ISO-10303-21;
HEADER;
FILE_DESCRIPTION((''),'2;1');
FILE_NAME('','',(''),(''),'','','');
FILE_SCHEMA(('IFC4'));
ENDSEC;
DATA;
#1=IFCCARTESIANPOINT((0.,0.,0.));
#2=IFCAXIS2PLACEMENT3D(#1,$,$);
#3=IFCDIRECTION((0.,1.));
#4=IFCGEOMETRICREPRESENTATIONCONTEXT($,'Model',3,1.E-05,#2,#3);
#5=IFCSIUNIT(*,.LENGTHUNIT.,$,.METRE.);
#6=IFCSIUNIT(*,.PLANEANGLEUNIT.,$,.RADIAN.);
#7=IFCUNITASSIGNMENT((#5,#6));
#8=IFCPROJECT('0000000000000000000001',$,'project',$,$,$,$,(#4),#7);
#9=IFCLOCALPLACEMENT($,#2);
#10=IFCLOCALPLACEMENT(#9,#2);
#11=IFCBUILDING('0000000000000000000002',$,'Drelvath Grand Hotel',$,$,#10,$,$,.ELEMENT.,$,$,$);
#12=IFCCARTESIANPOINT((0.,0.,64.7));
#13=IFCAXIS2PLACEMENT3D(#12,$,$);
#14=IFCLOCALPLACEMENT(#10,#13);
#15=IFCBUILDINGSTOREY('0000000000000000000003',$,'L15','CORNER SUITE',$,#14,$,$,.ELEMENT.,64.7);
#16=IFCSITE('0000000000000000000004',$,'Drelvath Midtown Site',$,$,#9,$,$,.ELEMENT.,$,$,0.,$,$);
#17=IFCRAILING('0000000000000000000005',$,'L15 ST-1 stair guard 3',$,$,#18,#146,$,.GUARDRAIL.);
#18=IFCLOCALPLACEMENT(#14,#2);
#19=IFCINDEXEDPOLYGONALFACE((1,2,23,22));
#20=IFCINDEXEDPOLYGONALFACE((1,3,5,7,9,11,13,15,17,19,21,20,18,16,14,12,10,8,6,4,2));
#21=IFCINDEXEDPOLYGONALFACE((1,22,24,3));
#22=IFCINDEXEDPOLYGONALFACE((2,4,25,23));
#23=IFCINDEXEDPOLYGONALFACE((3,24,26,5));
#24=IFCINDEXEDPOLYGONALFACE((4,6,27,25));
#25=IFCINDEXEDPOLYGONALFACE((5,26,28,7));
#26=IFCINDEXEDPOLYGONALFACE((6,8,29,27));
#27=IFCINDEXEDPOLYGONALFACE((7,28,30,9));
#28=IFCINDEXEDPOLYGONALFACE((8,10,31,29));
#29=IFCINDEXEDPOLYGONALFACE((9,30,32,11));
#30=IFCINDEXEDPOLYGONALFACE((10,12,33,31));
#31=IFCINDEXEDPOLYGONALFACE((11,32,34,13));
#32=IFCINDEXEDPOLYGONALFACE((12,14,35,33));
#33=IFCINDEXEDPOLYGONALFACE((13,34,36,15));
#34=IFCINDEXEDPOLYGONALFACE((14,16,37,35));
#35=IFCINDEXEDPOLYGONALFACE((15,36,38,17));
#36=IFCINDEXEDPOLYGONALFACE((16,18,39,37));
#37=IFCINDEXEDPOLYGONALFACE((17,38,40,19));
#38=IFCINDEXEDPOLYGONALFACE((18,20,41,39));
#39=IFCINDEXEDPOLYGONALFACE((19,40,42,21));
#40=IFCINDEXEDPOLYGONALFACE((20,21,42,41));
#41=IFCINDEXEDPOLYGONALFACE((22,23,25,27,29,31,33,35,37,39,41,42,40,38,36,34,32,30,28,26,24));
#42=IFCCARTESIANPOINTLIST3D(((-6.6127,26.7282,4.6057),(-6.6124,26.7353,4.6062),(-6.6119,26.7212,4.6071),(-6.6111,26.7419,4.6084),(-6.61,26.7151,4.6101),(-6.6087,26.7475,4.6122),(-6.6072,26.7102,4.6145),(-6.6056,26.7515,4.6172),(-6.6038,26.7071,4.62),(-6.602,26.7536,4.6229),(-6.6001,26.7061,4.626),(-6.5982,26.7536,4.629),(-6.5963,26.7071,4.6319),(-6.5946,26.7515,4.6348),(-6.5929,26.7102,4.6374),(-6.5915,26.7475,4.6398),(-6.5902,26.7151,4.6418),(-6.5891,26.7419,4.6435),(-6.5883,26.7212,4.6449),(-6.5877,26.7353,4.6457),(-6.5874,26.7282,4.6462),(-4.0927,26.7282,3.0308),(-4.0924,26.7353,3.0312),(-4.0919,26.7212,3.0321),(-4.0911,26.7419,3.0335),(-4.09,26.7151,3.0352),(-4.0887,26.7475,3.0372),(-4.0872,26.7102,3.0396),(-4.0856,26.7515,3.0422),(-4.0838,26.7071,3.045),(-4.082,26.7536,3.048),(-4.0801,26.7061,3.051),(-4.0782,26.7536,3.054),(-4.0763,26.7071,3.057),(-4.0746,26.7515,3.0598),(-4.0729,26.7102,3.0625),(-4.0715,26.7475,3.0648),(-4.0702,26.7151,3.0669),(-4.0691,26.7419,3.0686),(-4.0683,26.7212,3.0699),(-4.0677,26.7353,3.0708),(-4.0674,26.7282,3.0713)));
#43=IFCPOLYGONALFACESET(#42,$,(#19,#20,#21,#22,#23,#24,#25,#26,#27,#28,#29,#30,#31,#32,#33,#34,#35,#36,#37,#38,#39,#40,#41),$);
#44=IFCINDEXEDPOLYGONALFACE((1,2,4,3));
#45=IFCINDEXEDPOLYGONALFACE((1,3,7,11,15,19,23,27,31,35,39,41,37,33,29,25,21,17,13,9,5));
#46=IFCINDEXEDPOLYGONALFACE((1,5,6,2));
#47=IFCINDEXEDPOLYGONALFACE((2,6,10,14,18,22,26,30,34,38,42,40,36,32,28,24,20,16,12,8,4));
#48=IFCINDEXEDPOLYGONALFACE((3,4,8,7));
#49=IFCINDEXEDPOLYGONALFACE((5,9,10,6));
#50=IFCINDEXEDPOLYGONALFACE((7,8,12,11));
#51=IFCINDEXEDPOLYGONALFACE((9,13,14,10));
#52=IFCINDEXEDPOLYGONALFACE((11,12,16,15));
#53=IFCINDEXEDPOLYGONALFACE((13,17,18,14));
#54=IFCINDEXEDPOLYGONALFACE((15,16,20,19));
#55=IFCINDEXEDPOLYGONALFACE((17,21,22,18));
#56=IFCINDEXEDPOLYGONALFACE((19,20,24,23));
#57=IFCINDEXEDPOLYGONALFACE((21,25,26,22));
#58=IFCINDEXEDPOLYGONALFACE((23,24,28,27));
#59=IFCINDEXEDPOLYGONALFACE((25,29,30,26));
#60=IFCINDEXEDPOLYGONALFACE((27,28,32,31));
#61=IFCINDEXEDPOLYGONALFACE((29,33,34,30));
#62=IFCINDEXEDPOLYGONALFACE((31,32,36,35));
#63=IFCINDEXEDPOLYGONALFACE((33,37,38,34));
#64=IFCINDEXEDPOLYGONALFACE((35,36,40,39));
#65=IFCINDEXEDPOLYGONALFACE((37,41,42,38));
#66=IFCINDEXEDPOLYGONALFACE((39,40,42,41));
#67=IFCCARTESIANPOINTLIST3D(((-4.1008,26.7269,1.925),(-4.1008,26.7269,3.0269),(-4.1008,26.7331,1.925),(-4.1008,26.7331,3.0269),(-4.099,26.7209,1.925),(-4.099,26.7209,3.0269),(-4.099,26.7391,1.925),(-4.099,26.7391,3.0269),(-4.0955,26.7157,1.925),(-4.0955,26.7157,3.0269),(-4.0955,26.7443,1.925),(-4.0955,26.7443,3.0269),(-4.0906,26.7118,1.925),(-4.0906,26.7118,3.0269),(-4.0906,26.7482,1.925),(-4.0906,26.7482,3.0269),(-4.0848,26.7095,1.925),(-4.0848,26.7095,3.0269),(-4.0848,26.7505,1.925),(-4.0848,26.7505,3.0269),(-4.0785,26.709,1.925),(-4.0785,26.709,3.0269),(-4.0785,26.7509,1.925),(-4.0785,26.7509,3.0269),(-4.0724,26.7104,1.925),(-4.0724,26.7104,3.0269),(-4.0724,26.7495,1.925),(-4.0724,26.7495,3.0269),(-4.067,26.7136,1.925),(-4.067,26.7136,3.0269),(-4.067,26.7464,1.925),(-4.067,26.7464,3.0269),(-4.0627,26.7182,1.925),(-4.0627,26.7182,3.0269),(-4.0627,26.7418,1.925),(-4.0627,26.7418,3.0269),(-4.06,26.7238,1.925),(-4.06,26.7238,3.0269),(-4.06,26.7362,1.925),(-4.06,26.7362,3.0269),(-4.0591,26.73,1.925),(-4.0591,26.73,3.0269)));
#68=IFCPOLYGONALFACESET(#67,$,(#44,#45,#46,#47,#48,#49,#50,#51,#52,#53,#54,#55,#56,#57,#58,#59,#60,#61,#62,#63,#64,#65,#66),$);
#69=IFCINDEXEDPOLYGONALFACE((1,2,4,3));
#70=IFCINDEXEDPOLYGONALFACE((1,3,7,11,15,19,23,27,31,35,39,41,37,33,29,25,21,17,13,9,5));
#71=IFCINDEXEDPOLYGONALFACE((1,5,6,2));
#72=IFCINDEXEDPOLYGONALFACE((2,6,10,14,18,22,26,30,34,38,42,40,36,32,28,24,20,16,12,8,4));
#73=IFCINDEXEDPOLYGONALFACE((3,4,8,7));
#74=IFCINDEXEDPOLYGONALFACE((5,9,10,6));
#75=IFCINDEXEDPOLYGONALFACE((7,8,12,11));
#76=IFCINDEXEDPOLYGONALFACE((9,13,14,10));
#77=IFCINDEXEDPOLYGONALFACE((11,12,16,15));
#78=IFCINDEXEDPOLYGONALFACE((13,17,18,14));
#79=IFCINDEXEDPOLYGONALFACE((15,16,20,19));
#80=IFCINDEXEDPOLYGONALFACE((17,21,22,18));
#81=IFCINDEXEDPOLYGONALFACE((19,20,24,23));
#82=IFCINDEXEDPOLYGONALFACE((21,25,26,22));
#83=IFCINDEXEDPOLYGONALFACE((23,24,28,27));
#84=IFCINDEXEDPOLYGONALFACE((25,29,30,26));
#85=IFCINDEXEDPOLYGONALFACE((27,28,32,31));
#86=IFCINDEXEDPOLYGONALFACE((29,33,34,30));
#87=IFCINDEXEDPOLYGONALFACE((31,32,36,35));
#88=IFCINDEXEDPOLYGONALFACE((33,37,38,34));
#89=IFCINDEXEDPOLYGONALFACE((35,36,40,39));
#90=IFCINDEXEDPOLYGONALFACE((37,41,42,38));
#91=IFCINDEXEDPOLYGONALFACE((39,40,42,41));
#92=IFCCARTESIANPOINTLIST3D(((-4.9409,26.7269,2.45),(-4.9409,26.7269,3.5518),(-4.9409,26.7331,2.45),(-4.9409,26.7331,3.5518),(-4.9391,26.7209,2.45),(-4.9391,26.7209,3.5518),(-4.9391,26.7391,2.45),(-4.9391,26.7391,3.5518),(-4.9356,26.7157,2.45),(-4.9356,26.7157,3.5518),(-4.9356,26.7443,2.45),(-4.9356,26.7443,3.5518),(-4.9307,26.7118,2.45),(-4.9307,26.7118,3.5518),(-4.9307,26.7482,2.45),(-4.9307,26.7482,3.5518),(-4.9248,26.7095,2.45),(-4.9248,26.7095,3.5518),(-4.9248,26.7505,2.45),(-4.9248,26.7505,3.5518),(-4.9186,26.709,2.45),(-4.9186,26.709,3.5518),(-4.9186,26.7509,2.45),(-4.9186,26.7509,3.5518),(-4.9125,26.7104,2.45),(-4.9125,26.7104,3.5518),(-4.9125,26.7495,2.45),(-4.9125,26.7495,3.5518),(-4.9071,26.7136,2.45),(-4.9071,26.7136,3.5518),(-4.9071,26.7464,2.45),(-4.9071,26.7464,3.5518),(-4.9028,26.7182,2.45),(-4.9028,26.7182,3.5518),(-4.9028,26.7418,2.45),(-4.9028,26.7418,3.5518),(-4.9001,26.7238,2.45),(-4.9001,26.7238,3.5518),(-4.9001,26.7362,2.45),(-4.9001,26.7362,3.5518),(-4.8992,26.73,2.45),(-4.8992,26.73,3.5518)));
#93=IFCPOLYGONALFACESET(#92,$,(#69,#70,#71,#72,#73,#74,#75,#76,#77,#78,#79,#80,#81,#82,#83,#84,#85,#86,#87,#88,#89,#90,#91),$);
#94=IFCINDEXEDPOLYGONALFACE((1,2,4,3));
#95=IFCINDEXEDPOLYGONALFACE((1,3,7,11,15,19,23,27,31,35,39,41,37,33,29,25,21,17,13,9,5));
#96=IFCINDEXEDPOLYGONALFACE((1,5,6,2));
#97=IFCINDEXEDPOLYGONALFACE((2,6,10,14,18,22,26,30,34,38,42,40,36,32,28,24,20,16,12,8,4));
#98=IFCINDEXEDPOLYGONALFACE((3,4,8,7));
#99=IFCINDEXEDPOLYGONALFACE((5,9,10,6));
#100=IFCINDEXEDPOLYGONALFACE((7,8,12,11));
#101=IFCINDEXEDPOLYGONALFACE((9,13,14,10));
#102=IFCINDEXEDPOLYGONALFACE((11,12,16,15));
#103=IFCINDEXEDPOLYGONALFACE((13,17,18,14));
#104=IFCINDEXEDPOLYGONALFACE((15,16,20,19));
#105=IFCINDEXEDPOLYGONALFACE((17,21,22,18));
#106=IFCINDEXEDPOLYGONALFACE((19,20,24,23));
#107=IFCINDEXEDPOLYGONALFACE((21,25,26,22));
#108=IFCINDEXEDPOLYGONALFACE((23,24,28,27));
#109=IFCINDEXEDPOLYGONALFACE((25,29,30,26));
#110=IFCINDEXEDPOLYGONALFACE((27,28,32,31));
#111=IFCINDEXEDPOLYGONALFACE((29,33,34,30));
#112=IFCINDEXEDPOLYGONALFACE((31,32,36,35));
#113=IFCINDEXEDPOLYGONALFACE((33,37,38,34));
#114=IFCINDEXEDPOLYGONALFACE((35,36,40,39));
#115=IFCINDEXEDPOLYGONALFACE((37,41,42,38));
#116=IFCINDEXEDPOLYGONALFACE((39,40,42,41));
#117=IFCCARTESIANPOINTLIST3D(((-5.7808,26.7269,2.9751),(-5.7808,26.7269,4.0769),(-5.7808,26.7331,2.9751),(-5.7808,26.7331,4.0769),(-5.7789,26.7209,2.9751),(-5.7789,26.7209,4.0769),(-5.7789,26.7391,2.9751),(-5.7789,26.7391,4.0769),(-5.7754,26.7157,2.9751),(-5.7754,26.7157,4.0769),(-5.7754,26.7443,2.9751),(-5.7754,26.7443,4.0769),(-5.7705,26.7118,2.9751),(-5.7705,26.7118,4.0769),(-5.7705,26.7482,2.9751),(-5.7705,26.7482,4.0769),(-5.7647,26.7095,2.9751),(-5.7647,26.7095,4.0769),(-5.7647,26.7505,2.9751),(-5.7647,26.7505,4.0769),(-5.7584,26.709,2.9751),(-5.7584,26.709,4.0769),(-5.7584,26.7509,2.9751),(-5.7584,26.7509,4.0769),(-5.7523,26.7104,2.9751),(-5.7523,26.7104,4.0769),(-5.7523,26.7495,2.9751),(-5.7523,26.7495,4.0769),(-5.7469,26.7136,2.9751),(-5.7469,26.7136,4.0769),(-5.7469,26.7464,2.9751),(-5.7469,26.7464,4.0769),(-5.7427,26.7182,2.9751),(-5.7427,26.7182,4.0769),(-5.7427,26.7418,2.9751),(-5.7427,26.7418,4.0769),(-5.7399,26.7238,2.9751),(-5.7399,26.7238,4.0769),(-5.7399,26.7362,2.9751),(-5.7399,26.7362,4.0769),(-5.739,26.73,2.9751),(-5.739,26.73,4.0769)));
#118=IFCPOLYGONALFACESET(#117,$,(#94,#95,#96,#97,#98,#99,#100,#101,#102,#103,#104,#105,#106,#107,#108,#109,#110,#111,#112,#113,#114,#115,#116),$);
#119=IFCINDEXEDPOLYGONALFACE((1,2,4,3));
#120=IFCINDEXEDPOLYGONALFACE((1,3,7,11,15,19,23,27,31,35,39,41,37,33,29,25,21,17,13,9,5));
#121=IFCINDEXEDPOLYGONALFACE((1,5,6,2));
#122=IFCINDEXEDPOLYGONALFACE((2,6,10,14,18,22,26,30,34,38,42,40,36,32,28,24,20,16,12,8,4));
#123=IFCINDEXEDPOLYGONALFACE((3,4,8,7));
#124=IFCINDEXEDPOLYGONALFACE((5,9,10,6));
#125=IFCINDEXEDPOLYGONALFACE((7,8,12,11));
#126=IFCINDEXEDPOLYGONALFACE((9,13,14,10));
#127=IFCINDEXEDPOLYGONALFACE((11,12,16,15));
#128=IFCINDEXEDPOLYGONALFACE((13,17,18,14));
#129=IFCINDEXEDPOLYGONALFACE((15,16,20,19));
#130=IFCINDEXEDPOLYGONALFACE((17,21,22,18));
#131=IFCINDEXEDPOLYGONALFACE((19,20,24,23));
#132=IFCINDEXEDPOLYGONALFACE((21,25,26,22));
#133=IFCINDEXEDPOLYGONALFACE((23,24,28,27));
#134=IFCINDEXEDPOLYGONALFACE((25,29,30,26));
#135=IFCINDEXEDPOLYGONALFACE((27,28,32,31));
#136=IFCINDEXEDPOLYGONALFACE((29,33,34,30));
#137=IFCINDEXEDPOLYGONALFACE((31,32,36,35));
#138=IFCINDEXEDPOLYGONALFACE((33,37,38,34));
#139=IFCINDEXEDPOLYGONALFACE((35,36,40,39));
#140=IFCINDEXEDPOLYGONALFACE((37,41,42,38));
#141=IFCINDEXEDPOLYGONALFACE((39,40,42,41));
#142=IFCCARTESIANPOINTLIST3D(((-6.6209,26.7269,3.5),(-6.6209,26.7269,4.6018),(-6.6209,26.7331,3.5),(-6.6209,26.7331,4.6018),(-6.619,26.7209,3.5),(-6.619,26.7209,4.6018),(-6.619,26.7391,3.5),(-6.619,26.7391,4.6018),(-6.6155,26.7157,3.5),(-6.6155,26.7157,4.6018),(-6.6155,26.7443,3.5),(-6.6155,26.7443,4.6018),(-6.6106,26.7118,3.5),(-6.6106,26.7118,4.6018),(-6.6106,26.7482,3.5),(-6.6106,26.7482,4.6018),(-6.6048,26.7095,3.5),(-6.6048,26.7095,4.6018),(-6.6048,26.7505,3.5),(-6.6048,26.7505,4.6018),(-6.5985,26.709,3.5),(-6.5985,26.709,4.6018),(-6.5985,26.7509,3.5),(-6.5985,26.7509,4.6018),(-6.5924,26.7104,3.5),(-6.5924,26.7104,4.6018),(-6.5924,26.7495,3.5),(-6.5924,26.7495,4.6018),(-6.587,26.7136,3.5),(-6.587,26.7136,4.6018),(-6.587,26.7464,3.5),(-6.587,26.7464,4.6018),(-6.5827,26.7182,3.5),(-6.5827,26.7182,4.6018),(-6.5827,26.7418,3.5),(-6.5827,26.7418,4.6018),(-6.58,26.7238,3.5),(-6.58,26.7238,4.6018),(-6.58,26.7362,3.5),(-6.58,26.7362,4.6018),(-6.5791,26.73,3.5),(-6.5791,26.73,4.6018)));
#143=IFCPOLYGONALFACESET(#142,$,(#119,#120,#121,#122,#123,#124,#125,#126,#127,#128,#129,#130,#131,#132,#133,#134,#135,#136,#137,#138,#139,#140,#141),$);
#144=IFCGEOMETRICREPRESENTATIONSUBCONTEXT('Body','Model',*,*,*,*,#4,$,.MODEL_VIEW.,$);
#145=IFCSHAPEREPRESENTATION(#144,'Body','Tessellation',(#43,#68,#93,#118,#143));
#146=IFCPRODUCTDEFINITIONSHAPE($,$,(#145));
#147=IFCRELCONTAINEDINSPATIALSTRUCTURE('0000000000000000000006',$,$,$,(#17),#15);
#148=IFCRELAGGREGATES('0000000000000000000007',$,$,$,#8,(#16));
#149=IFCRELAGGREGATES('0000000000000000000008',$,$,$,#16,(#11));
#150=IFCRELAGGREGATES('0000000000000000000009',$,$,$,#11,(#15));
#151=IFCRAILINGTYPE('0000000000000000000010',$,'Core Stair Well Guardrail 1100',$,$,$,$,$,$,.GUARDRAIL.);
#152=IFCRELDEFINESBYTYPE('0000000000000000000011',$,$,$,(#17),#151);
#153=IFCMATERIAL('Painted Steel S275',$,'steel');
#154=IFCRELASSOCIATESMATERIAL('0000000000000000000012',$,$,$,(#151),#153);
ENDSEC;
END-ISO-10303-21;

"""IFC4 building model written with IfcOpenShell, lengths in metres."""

from ifc_helpers import new_model, si_unit, direction, frame, origin, origin_2d, place, context, subcontext, project, spatial, circle, extrude, material, type_object, element, save


model = new_model("IFC4")

# Units and contexts
model_context = context("Model", 3, precision=1e-05, world=origin(), true_north=direction((0.0, 1.0)))
body_context = subcontext(model_context, "Body", "Model", "MODEL_VIEW")
ifc_project = project(units=[si_unit("LENGTHUNIT", "METRE"), si_unit("PLANEANGLEUNIT", "RADIAN")], contexts=[model_context])

# Site, building, storey
site_placement = place(None, origin())
site = spatial("IfcSite", under=ifc_project, at=site_placement, Name="Drelvath Midtown Site", CompositionType="ELEMENT", RefElevation=0.0)
building_placement = place(site_placement, origin())
building = spatial("IfcBuilding", under=site, at=building_placement, Name="Drelvath Grand Hotel", CompositionType="ELEMENT")
storey_placement = place(building_placement, frame((0.0, 0.0, 64.7)))
storey = spatial("IfcBuildingStorey", under=building, at=storey_placement, Name="L15", Description="CORNER SUITE", CompositionType="ELEMENT", Elevation=64.7)

# Shared definitions
ifc_material_1 = material(Name="Painted Steel S275", Category="steel")

# Railing
railing_type_1 = type_object("IfcRailingType", Name="Core Stair Well Guardrail 1100", PredefinedType="GUARDRAIL", material=ifc_material_1)
railing_1_placement = place(storey_placement, frame((-4.0801, 26.73, 1.925)))
element("IfcRailing", 1, at=railing_1_placement, inside=storey, type_object=railing_type_1, Name="L15 ST-1 stair guard 3", PredefinedType="GUARDRAIL", context=body_context, shape_type="SweptSolid", body=[
    extrude(circle(Radius=0.0239, at=origin_2d()), frame((0.0, 0.0, 1.126), z_axis=(-0.848008, 0.0, 0.529984), x_axis=(0.0, -1.0, 0.0)), (0.0, 0.0, 1.0), 2.9717),
    extrude(circle(Radius=0.021, at=origin_2d()), origin(), (0.0, 0.0, 1.0), 1.1018),
    extrude(circle(Radius=0.021, at=origin_2d()), frame((-0.8401, 0.0, 0.5249)), (0.0, 0.0, 1.0), 1.1018),
    extrude(circle(Radius=0.021, at=origin_2d()), frame((-1.6799, 0.0, 1.05)), (0.0, 0.0, 1.0), 1.1018),
    extrude(circle(Radius=0.021, at=origin_2d()), frame((-2.52, 0.0, 1.575)), (0.0, 0.0, 1.0), 1.1018),
])

save(model, "model.ifc")
